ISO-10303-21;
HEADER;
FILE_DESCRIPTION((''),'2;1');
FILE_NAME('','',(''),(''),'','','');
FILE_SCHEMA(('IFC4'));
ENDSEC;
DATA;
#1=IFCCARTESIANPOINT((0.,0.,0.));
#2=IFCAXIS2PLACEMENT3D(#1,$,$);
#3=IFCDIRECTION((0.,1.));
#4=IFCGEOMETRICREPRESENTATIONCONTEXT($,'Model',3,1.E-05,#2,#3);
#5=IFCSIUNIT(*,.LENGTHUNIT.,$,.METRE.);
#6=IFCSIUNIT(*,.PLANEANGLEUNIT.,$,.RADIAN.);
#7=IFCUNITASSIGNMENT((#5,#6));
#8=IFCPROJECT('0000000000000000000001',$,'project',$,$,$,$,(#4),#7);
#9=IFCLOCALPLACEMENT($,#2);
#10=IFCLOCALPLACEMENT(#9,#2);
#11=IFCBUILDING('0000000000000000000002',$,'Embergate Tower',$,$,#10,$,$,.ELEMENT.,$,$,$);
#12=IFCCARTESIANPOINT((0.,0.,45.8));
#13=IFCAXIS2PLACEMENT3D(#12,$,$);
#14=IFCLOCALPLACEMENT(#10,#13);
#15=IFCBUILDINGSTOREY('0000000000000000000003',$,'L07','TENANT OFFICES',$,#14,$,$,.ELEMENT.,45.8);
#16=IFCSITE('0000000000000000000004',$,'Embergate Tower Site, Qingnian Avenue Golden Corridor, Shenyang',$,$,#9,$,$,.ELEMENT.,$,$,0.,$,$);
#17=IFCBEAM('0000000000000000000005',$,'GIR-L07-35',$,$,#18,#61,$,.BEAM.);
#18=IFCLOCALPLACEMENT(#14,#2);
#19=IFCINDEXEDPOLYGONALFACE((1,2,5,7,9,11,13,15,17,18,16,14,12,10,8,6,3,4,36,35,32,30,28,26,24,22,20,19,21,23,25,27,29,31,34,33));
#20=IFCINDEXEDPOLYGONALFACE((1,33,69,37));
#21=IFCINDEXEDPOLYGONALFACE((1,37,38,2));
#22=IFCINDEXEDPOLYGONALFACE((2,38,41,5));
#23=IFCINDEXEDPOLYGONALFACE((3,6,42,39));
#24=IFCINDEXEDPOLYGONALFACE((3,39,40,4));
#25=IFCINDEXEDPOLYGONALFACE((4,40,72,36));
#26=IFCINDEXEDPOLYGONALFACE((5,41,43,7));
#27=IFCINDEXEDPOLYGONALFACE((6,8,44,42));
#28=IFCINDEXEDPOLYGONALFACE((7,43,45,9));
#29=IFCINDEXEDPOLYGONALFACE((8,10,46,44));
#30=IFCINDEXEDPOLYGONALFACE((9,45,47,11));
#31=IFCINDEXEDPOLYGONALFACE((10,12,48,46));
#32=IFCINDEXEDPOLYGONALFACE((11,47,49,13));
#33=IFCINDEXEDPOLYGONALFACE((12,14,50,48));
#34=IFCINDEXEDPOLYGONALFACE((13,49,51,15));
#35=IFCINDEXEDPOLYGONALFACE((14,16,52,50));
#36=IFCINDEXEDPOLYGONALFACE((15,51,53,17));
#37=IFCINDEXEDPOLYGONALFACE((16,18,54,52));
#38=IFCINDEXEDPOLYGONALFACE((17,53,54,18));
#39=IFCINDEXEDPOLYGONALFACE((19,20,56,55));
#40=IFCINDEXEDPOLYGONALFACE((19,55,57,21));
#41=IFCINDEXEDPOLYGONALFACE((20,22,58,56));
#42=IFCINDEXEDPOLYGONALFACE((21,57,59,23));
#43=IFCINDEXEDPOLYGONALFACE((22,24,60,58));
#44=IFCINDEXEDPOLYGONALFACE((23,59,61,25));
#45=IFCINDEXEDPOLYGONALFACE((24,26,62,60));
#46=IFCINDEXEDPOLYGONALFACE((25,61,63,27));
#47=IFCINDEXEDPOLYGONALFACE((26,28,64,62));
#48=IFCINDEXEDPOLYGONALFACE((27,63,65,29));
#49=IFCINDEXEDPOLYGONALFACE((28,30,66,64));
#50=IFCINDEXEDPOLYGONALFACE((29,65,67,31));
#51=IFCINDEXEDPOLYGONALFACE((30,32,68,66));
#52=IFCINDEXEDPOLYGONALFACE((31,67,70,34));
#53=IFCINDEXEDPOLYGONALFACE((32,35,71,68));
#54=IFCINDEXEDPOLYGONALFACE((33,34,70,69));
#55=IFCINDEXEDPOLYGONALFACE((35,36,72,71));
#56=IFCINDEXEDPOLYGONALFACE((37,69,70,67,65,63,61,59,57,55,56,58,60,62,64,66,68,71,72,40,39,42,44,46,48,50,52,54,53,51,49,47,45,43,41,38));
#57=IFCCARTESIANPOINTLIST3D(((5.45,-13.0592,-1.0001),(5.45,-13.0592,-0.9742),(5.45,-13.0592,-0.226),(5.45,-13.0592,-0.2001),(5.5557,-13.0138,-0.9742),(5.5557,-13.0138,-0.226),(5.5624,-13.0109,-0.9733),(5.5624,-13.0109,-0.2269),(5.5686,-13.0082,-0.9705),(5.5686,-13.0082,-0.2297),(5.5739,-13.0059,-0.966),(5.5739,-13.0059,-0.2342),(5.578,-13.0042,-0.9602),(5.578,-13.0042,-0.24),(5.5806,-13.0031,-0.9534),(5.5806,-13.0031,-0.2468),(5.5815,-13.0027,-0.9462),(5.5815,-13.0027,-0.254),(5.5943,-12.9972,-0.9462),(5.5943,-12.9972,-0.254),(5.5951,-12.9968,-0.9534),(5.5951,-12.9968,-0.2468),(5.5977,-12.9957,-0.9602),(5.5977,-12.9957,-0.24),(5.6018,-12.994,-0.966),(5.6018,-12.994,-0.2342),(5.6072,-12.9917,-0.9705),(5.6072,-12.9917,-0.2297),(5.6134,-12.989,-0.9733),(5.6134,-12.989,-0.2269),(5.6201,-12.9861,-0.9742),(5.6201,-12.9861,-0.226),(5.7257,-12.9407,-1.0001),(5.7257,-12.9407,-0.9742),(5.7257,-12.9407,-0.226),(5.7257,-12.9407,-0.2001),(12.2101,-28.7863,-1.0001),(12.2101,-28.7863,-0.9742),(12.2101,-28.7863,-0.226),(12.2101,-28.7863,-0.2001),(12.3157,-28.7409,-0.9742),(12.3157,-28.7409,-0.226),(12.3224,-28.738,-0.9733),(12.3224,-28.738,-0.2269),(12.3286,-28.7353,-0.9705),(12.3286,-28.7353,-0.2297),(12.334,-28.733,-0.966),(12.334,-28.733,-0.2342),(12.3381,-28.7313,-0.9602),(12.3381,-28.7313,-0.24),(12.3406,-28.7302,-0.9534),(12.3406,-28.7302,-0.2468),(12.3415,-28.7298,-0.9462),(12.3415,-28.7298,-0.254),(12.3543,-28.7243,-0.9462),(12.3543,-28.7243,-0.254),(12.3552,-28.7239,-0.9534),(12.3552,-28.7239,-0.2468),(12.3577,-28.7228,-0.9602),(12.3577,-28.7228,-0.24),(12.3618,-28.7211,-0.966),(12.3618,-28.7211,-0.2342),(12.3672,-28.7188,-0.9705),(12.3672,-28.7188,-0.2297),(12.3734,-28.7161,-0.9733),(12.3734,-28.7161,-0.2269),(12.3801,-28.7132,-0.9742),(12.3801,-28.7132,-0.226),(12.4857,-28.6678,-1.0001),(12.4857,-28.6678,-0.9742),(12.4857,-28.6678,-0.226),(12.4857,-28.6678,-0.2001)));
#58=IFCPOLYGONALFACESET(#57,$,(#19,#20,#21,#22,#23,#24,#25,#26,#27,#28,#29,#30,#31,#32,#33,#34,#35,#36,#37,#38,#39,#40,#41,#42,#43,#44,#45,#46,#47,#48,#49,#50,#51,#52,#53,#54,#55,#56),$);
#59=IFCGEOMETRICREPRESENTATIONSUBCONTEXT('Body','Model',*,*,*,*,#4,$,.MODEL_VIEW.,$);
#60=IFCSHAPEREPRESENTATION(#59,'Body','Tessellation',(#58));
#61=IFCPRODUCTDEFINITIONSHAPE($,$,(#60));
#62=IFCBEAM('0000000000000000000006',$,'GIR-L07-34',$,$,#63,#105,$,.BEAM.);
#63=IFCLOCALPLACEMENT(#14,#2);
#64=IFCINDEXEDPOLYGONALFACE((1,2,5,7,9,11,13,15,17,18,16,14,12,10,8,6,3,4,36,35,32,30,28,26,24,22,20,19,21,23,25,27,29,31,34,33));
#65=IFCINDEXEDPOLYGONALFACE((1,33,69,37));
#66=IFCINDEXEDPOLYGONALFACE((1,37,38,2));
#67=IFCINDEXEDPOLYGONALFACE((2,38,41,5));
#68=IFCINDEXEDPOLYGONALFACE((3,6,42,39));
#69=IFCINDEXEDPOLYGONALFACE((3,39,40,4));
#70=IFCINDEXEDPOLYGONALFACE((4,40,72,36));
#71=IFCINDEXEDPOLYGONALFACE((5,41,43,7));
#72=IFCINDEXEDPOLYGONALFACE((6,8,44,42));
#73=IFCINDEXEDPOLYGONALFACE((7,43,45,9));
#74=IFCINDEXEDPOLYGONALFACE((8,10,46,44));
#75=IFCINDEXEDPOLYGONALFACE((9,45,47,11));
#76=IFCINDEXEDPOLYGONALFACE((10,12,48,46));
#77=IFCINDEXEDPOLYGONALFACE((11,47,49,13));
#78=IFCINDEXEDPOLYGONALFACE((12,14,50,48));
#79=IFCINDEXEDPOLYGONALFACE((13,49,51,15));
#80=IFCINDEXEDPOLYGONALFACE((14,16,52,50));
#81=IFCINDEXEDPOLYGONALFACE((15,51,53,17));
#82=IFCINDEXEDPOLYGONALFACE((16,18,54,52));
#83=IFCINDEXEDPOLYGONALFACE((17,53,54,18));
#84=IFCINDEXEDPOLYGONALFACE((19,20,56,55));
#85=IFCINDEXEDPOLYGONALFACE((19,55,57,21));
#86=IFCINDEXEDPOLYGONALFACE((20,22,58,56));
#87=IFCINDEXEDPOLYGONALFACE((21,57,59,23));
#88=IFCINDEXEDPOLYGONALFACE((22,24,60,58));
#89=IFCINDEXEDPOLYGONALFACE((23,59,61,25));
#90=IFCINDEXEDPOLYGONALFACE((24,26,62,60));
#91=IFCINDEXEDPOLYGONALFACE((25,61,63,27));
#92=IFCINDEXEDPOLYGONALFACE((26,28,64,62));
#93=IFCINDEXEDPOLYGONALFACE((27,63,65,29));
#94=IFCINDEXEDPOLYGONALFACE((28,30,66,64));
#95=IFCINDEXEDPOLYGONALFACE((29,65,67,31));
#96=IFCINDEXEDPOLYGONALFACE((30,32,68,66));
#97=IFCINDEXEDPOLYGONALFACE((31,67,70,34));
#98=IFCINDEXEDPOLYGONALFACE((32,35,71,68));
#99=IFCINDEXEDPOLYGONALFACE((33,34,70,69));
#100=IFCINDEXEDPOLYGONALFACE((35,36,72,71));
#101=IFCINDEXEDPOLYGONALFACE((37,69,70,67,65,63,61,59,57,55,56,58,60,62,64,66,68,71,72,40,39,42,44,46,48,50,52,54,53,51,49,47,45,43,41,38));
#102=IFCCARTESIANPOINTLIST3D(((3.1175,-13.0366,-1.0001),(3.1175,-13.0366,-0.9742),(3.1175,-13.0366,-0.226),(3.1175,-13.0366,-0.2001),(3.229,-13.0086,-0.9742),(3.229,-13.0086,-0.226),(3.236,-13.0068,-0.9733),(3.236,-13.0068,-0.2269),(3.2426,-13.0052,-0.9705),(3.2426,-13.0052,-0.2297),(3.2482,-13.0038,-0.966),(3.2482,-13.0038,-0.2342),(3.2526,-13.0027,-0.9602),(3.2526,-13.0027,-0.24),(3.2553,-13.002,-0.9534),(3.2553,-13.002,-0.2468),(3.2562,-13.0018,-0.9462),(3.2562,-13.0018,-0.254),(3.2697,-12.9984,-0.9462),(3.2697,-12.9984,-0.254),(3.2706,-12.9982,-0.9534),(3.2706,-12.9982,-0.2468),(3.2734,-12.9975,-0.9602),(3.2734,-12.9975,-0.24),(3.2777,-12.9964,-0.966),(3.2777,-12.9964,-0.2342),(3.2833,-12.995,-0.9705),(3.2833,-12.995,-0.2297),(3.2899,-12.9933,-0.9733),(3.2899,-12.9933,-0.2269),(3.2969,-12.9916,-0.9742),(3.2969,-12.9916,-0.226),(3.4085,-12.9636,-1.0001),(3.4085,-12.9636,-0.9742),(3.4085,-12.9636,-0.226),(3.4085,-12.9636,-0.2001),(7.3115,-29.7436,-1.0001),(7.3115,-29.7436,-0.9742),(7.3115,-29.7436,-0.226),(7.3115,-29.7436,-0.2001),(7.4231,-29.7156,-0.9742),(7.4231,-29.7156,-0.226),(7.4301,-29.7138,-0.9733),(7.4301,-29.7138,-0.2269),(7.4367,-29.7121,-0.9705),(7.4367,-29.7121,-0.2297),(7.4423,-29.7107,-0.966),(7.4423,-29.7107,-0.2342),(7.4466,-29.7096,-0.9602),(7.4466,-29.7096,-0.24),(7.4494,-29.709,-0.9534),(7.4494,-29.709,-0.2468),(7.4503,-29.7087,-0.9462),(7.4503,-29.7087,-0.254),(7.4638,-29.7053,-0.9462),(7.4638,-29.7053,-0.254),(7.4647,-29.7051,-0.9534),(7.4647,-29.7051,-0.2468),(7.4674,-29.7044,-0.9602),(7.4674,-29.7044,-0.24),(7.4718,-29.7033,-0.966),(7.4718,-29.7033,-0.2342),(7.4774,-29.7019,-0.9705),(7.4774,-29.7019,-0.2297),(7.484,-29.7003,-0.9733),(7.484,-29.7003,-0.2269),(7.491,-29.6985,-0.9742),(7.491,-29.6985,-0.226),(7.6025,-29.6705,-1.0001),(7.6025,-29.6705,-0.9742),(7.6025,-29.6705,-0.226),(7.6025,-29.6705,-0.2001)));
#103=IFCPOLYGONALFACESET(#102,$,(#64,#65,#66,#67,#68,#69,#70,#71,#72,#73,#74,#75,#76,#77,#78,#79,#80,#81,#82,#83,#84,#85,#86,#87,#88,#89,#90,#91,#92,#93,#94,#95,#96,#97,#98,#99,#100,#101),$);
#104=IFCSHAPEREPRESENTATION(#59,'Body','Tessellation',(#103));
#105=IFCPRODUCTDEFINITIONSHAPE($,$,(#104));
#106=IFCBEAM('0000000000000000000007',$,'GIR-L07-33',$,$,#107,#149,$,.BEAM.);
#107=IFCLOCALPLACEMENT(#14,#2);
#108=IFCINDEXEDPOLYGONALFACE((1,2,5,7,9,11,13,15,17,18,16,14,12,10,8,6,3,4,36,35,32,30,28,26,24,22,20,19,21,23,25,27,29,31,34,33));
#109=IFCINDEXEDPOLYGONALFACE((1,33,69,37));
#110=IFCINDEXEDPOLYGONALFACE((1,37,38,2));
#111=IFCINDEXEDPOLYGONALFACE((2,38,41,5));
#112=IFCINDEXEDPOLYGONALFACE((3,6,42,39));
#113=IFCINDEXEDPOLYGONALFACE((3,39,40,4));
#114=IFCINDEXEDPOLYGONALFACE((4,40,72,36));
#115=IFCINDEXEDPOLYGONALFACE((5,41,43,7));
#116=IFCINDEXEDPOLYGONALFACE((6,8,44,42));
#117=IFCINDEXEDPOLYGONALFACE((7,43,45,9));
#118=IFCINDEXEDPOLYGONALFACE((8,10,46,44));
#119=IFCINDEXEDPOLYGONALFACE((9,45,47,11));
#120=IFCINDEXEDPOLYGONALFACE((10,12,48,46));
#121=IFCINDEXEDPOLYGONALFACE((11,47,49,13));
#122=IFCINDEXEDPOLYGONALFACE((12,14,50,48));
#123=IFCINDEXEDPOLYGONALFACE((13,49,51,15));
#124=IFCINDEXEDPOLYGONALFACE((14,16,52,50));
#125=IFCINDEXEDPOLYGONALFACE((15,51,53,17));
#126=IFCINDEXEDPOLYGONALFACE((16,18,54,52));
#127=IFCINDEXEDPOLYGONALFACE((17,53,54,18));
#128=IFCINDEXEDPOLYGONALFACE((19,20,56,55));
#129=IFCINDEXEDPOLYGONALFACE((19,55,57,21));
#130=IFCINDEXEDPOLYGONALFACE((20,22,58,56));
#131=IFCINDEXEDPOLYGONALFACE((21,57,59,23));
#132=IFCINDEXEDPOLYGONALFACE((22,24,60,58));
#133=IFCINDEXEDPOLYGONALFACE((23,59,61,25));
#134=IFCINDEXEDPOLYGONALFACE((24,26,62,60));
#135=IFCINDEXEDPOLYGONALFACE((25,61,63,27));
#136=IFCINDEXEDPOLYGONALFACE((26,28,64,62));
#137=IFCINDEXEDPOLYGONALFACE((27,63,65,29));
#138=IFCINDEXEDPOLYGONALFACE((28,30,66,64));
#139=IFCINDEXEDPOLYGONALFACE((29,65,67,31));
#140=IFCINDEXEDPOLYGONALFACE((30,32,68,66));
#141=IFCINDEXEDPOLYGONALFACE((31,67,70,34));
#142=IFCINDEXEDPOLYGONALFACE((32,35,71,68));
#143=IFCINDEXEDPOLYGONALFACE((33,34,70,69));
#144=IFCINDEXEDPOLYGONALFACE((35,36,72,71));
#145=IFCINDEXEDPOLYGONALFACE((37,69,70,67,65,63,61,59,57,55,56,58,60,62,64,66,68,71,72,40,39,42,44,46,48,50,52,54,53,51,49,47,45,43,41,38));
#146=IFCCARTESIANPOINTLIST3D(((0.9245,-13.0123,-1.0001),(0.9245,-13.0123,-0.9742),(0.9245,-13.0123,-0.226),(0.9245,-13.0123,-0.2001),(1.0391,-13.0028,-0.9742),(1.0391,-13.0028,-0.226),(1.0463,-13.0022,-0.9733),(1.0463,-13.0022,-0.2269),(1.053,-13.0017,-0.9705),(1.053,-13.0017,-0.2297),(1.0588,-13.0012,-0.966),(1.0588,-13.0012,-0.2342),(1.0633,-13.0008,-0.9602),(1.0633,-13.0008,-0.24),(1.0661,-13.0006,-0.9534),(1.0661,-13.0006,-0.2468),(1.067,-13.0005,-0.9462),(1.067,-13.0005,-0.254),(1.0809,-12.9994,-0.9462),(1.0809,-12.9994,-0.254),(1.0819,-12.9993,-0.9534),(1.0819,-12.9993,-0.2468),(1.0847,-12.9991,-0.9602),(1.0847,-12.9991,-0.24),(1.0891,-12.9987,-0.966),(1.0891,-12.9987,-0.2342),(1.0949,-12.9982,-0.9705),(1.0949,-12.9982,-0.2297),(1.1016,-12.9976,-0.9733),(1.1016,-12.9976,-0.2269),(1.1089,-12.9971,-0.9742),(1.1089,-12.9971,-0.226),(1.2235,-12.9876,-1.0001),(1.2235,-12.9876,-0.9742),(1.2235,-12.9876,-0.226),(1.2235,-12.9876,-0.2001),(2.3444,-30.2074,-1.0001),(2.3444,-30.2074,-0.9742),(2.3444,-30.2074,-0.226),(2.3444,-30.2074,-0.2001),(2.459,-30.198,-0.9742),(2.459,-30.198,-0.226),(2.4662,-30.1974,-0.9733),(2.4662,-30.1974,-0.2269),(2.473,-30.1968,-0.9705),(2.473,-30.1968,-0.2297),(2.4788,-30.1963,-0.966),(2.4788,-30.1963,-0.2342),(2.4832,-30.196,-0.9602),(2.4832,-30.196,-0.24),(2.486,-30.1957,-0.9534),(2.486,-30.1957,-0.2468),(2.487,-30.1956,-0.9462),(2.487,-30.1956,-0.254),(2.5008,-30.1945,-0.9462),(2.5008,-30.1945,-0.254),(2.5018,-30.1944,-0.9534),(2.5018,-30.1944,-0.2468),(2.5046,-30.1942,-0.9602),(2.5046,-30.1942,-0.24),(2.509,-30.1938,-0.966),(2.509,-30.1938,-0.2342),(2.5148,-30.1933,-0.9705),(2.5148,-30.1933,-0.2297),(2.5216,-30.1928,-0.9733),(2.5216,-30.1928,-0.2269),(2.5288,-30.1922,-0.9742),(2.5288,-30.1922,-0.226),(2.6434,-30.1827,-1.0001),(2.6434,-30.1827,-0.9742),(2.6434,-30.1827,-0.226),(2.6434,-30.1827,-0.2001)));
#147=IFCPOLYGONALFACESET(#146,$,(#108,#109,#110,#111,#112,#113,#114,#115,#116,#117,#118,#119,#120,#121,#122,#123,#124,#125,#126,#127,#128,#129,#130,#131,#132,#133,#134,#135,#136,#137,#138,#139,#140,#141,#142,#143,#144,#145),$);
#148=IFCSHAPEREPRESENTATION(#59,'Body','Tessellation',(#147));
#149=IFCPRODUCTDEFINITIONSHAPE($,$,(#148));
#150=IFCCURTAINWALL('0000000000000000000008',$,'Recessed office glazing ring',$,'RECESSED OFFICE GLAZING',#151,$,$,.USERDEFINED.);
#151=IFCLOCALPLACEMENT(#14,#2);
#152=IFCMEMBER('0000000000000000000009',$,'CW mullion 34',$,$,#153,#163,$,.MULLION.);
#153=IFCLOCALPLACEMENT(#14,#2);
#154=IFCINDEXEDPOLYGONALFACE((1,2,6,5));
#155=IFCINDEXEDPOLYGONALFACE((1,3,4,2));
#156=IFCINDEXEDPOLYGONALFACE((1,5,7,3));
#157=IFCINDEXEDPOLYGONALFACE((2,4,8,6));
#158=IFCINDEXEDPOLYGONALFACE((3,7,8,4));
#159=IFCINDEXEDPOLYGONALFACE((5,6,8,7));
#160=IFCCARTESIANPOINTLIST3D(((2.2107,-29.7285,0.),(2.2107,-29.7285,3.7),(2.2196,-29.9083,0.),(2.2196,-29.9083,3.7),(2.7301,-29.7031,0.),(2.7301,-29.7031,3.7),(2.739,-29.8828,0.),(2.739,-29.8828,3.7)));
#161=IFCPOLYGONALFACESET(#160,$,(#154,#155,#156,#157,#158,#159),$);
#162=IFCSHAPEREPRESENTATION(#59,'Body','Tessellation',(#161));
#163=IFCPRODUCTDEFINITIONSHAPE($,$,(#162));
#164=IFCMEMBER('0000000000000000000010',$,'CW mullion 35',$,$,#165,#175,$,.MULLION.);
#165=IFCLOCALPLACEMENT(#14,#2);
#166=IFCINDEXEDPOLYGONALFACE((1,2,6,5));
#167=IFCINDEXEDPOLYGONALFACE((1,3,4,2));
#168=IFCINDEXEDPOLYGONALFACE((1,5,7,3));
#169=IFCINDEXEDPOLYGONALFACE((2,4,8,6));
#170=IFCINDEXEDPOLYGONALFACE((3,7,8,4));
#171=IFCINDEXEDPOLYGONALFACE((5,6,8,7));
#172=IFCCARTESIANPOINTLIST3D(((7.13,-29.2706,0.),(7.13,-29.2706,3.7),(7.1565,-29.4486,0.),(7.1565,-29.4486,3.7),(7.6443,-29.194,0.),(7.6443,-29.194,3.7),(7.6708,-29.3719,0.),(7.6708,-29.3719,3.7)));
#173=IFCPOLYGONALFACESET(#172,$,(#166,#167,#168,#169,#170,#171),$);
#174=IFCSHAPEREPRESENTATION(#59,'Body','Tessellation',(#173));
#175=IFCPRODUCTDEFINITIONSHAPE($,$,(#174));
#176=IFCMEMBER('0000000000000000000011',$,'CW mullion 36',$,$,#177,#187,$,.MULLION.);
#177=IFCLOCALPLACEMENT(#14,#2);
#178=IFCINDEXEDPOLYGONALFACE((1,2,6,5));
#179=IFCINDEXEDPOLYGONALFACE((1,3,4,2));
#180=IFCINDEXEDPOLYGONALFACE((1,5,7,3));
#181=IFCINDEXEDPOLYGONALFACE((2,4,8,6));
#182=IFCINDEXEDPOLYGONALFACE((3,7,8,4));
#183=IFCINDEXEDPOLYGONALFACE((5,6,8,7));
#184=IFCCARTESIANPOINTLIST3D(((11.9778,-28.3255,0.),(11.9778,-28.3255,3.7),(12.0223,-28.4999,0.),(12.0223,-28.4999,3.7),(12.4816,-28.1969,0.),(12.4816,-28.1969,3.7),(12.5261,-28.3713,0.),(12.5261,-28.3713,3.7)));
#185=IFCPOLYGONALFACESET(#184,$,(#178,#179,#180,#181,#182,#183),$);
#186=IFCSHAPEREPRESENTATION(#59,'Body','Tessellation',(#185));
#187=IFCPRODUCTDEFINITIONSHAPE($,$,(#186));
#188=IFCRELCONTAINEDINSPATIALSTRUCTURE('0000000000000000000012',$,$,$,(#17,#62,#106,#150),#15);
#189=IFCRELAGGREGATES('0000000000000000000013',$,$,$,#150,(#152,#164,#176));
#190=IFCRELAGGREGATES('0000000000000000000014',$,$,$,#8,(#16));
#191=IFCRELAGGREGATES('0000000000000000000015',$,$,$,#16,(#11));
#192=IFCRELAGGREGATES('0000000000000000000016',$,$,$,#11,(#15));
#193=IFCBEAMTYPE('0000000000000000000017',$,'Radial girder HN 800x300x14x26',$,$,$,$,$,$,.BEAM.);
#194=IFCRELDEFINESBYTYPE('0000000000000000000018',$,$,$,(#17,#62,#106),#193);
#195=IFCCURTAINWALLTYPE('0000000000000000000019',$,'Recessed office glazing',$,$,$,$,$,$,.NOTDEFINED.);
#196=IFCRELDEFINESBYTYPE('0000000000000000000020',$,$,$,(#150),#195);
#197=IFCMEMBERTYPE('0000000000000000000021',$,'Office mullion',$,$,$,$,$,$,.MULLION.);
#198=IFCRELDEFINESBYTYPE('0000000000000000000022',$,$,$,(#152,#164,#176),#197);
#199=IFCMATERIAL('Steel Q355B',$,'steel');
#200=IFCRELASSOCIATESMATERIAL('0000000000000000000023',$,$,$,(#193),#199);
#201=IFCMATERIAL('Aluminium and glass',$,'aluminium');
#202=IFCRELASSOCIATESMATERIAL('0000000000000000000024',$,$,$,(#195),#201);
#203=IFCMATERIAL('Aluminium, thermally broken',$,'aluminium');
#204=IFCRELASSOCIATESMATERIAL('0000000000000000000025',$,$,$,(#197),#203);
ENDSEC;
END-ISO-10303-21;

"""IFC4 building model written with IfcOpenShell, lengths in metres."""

from ifc_helpers import new_model, si_unit, direction, frame, origin, origin_2d, place, context, subcontext, project, spatial, rectangle, i_section, extrude, source, transform, mapped, material, material_profile, profile_set, type_object, element, aggregate, save


model = new_model("IFC4")

# Units and contexts
model_context = context("Model", 3, precision=1e-05, world=origin(), true_north=direction((0.0, 1.0)))
body_context = subcontext(model_context, "Body", "Model", "MODEL_VIEW")
ifc_project = project(units=[si_unit("LENGTHUNIT", "METRE"), si_unit("PLANEANGLEUNIT", "RADIAN")], contexts=[model_context])

# Site, building, storey
site_placement = place(None, origin())
site = spatial("IfcSite", under=ifc_project, at=site_placement, Name="Embergate Tower Site, Qingnian Avenue Golden Corridor, Shenyang", CompositionType="ELEMENT", RefElevation=0.0)
building_placement = place(site_placement, origin())
building = spatial("IfcBuilding", under=site, at=building_placement, Name="Embergate Tower", CompositionType="ELEMENT")
storey_placement = place(building_placement, frame((0.0, 0.0, 45.8)))
storey = spatial("IfcBuildingStorey", under=building, at=storey_placement, Name="L07", Description="TENANT OFFICES", CompositionType="ELEMENT", Elevation=45.8)

# Beams
ifc_material_1 = material(Name="Steel Q355B", Category="steel")
ifc_material_profile_1 = material_profile(ifc_material_1, i_section(OverallWidth=0.3, OverallDepth=0.8, WebThickness=0.0139, FlangeThickness=0.0259, FilletRadius=0.0281, at=origin_2d()), Name="HN 800x300x14x26")
ifc_profile_set_1 = profile_set([ifc_material_profile_1], Name="Steel Q355 grade B")
beam_type_1 = type_object("IfcBeamType", Name="Radial girder HN 800x300x14x26", PredefinedType="BEAM", material=ifc_profile_set_1)
shared_shape_1 = source(origin(), body_context, "Body", "SweptSolid", [
    extrude(i_section(OverallWidth=0.3, OverallDepth=0.8, WebThickness=0.0139, FlangeThickness=0.0259, FilletRadius=0.0281, at=origin_2d()), origin(), (0.0, 0.0, 1.0), 17.1184),
])
beam_1_placement = place(storey_placement, frame((12.3479, -28.7271, -0.6001), z_axis=(-0.394898, 0.918725, 0.0), x_axis=(-0.918725, -0.394898, 0.0)))
element("IfcBeam", 1, at=beam_1_placement, inside=storey, type_object=beam_type_1, Name="GIR-L07-35", PredefinedType="BEAM", context=body_context, shape_type="MappedRepresentation", body=[
    mapped(shared_shape_1, transform((0.0, 0.0, 0.0))),
])
shared_shape_2 = source(origin(), body_context, "Body", "SweptSolid", [
    extrude(i_section(OverallWidth=0.3, OverallDepth=0.8, WebThickness=0.0139, FlangeThickness=0.0259, FilletRadius=0.0281, at=origin_2d()), origin(), (0.0, 0.0, 1.0), 17.2253),
])
beam_2_placement = place(storey_placement, frame((7.457, -29.707, -0.6001), z_axis=(-0.243483, 0.969905, 0.0), x_axis=(-0.969905, -0.243483, 0.0)))
element("IfcBeam", 2, at=beam_2_placement, inside=storey, type_object=beam_type_1, Name="GIR-L07-34", PredefinedType="BEAM", context=body_context, shape_type="MappedRepresentation", body=[
    mapped(shared_shape_2, transform((0.0, 0.0, 0.0))),
])
shared_shape_3 = source(origin(), body_context, "Body", "SweptSolid", [
    extrude(i_section(OverallWidth=0.3, OverallDepth=0.8, WebThickness=0.0139, FlangeThickness=0.0259, FilletRadius=0.0281, at=origin_2d()), origin(), (0.0, 0.0, 1.0), 17.2537),
])
beam_3_placement = place(storey_placement, frame((2.4939, -30.1951, -0.6001), z_axis=(-0.082297, 0.996608, 0.0), x_axis=(-0.996608, -0.082297, 0.0)))
element("IfcBeam", 3, at=beam_3_placement, inside=storey, type_object=beam_type_1, Name="GIR-L07-33", PredefinedType="BEAM", context=body_context, shape_type="MappedRepresentation", body=[
    mapped(shared_shape_3, transform((0.0, 0.0, 0.0))),
])

# Curtain wall, members
ifc_material_2 = material(Name="Aluminium and glass", Category="aluminium")
curtain_wall_type = type_object("IfcCurtainWallType", Name="Recessed office glazing", PredefinedType="NOTDEFINED", material=ifc_material_2)
curtain_wall_placement = place(storey_placement, origin())
curtain_wall = element("IfcCurtainWall", 4, at=curtain_wall_placement, inside=storey, type_object=curtain_wall_type, Name="Recessed office glazing ring", ObjectType="RECESSED OFFICE GLAZING", PredefinedType="USERDEFINED")
ifc_material_3 = material(Name="Aluminium, thermally broken", Category="aluminium")
ifc_material_profile_2 = material_profile(ifc_material_3, rectangle(XDim=0.1799, YDim=0.52, at=origin_2d()), Name="AL 520x180")
ifc_profile_set_2 = profile_set([ifc_material_profile_2], Name="Aluminium, thermally broken")
member_type_1 = type_object("IfcMemberType", Name="Office mullion", PredefinedType="MULLION", material=ifc_profile_set_2)
shared_shape_4 = source(origin(), body_context, "Body", "SweptSolid", [
    extrude(rectangle(XDim=0.1799, YDim=0.52, at=origin_2d()), origin(), (0.0, 0.0, 1.0), 3.7),
])
member_1_placement = place(storey_placement, frame((2.4749, -29.8057, 0.0), z_axis=(0.0, 0.0, 1.0), x_axis=(-0.048972, 0.9988, 0.0)))
member_1 = element("IfcMember", 5, at=member_1_placement, type_object=member_type_1, Name="CW mullion 34", PredefinedType="MULLION", context=body_context, shape_type="MappedRepresentation", body=[
    mapped(shared_shape_4, transform((0.0, 0.0, 0.0))),
])
member_2_placement = place(storey_placement, frame((7.4004, -29.3213, 0.0), z_axis=(0.0, 0.0, 1.0), x_axis=(-0.147412, 0.989075, 0.0)))
member_2 = element("IfcMember", 6, at=member_2_placement, type_object=member_type_1, Name="CW mullion 35", PredefinedType="MULLION", context=body_context, shape_type="MappedRepresentation", body=[
    mapped(shared_shape_4, transform((0.0, 0.0, 0.0))),
])
member_3_placement = place(storey_placement, frame((12.252, -28.3484, 0.0), z_axis=(0.0, 0.0, 1.0), x_axis=(-0.247312, 0.968936, 0.0)))
member_3 = element("IfcMember", 7, at=member_3_placement, type_object=member_type_1, Name="CW mullion 36", PredefinedType="MULLION", context=body_context, shape_type="MappedRepresentation", body=[
    mapped(shared_shape_4, transform((0.0, 0.0, 0.0))),
])
aggregate(curtain_wall, [member_1, member_2, member_3])

save(model, "model.ifc")
